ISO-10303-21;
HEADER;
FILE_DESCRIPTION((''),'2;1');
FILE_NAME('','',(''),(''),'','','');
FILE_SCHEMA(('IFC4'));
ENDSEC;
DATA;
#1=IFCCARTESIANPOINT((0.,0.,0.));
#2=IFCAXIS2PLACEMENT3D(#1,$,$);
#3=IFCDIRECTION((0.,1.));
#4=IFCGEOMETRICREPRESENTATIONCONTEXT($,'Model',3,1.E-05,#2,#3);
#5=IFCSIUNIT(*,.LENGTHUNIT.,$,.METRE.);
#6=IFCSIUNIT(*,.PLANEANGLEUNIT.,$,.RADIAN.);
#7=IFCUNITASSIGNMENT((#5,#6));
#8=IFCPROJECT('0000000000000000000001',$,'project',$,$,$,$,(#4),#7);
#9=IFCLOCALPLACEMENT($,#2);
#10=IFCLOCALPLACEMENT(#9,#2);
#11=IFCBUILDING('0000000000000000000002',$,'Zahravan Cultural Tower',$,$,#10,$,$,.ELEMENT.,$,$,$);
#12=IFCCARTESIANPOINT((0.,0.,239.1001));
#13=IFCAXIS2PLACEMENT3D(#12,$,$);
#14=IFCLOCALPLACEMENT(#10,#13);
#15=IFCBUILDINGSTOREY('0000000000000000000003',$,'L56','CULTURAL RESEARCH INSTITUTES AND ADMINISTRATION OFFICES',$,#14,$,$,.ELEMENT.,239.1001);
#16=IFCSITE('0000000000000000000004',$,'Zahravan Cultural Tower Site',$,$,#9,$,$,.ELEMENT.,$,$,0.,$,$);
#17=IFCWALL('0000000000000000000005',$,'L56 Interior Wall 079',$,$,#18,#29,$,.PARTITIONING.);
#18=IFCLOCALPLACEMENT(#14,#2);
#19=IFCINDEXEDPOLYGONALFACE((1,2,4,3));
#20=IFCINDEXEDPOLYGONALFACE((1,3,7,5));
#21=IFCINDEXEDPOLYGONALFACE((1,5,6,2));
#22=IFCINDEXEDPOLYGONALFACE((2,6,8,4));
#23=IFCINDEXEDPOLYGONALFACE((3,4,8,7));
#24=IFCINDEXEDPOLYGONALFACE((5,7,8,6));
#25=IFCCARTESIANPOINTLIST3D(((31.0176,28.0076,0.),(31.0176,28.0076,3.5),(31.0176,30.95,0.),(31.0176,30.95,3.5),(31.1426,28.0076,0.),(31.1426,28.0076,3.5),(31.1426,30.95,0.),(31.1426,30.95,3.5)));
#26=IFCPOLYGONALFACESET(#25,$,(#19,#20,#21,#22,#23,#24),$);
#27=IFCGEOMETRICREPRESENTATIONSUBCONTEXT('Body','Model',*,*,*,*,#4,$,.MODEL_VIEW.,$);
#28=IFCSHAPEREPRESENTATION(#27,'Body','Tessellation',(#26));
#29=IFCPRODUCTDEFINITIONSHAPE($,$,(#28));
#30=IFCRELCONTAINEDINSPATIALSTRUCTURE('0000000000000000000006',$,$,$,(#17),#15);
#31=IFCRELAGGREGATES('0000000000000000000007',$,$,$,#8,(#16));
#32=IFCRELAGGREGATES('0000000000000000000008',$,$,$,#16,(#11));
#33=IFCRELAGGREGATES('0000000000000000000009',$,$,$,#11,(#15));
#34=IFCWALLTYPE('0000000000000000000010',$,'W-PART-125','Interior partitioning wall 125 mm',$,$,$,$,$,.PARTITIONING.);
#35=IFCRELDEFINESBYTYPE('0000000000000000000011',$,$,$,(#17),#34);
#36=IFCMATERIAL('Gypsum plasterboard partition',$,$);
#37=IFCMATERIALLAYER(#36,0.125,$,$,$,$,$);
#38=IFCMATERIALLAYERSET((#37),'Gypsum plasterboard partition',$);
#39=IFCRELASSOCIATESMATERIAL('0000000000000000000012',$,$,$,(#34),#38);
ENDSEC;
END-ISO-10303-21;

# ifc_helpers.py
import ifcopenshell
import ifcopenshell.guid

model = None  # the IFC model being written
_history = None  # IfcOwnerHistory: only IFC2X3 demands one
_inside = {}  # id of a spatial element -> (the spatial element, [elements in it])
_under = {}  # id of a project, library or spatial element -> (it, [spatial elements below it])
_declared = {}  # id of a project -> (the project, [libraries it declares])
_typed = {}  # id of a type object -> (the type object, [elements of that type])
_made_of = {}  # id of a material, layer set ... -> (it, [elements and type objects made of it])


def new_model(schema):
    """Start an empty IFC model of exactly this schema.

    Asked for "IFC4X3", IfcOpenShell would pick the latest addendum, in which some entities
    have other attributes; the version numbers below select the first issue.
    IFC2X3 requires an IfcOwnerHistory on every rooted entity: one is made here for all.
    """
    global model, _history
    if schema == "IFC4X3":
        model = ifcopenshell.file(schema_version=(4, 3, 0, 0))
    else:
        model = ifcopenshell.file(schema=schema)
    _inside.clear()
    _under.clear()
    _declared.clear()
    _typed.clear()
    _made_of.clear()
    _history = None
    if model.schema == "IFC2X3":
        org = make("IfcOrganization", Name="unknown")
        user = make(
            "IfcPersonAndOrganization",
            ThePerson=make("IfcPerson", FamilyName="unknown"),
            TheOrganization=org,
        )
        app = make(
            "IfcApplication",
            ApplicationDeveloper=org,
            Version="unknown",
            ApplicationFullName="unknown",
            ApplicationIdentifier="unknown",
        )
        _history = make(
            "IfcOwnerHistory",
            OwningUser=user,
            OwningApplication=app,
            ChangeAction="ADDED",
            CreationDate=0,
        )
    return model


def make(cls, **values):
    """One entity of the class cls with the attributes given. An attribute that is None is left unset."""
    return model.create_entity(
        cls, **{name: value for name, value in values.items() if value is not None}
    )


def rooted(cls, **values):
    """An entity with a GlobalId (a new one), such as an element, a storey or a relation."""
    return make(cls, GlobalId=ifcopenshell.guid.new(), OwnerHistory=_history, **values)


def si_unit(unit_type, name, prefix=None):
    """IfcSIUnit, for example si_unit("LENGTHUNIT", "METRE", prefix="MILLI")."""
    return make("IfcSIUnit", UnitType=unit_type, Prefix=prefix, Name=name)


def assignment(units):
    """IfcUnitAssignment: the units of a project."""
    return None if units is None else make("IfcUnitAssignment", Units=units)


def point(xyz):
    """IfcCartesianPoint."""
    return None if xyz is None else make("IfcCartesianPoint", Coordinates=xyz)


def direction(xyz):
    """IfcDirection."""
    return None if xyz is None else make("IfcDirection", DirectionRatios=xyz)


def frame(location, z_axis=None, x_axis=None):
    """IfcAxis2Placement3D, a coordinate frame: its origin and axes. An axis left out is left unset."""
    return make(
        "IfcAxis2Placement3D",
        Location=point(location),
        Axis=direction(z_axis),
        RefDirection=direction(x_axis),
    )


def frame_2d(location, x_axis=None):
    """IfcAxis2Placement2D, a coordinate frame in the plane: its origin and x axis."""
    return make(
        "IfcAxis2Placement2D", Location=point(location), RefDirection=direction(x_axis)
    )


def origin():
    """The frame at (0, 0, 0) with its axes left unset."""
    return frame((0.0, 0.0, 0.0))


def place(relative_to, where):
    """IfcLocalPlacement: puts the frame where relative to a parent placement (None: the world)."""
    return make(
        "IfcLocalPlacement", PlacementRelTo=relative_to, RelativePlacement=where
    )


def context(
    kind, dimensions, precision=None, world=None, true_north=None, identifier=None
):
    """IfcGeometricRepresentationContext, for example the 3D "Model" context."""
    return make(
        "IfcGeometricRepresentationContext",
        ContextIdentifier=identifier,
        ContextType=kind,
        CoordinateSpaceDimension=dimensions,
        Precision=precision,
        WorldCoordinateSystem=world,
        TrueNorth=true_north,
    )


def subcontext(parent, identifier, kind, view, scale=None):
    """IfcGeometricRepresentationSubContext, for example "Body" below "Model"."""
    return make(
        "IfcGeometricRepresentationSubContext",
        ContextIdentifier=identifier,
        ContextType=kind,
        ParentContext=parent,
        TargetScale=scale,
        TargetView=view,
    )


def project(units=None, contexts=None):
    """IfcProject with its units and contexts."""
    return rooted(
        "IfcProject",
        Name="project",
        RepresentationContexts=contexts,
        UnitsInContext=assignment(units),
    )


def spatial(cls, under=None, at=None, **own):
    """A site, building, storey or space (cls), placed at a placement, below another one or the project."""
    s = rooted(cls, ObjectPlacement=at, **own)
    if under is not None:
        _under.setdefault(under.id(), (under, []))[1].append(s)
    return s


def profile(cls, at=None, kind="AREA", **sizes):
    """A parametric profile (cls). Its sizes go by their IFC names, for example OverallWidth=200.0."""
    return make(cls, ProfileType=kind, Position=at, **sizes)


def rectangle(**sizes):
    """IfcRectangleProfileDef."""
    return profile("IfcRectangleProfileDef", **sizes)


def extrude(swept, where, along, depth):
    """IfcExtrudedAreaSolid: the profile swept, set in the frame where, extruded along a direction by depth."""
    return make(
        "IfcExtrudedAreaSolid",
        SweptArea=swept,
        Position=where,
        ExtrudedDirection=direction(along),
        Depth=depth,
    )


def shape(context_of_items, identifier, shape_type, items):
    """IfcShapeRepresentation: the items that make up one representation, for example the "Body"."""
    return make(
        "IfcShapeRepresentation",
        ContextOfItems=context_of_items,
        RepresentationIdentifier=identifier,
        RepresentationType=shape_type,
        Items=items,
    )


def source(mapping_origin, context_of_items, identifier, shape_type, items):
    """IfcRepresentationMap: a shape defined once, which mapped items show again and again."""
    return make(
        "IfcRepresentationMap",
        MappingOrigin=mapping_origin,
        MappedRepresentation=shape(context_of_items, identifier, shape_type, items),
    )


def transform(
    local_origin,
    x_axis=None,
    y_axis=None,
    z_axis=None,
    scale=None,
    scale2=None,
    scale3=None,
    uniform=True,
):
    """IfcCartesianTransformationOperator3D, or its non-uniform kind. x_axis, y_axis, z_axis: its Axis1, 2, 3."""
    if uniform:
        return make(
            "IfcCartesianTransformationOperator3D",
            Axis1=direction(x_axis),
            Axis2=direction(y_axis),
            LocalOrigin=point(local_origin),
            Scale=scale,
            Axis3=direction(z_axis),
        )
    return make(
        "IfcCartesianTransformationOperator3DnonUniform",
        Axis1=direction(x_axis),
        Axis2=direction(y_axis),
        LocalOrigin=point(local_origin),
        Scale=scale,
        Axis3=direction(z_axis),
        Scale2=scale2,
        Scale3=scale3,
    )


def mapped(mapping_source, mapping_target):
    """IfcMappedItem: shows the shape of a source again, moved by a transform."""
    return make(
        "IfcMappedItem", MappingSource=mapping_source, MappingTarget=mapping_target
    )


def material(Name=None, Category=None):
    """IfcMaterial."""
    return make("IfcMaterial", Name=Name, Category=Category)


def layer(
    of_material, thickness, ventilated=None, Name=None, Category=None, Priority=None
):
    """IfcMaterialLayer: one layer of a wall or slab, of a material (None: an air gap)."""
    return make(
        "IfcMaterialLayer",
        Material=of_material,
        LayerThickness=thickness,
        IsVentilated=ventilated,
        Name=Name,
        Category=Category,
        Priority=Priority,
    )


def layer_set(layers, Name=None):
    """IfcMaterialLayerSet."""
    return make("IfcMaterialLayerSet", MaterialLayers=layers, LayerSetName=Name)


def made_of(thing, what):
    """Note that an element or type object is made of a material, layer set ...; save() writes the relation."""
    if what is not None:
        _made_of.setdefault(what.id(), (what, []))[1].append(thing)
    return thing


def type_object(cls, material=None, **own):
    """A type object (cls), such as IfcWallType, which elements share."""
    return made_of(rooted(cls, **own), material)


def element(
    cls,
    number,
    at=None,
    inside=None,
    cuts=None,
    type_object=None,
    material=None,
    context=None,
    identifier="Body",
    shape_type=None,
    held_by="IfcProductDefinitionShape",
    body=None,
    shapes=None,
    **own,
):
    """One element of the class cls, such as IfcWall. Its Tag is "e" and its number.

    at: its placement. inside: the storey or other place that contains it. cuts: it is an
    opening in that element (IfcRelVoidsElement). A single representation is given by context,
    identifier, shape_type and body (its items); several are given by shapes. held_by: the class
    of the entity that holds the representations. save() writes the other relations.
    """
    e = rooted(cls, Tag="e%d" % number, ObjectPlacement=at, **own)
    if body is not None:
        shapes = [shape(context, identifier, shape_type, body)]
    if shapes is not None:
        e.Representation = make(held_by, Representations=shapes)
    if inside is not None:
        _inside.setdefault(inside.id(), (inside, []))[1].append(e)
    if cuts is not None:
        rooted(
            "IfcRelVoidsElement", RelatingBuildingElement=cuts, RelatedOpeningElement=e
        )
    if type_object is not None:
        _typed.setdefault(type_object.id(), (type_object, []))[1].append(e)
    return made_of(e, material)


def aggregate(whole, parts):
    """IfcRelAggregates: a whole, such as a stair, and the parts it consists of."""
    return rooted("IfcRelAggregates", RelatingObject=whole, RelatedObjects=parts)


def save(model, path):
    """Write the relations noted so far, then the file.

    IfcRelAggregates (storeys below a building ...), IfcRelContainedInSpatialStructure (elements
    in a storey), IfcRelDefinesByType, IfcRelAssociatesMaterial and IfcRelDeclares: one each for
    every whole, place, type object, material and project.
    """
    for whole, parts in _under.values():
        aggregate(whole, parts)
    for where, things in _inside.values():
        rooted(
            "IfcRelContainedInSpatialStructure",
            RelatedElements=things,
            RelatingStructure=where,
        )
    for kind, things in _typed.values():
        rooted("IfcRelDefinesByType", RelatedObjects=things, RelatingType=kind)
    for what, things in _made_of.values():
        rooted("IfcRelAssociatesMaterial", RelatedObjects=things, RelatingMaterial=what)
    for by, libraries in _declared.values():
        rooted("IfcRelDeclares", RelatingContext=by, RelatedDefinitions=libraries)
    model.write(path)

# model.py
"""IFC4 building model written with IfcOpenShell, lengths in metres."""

from ifc_helpers import new_model, si_unit, direction, frame, frame_2d, origin, place, context, subcontext, project, spatial, rectangle, extrude, source, transform, mapped, material, layer, layer_set, type_object, element, save


model = new_model("IFC4")

# Units and contexts
model_context = context("Model", 3, precision=1e-05, world=origin(), true_north=direction((0.0, 1.0)))
body_context = subcontext(model_context, "Body", "Model", "MODEL_VIEW")
ifc_project = project(units=[si_unit("LENGTHUNIT", "METRE"), si_unit("PLANEANGLEUNIT", "RADIAN")], contexts=[model_context])

# Site, building, storey
site_placement = place(None, origin())
site = spatial("IfcSite", under=ifc_project, at=site_placement, Name="Zahravan Cultural Tower Site", CompositionType="ELEMENT", RefElevation=0.0)
building_placement = place(site_placement, origin())
building = spatial("IfcBuilding", under=site, at=building_placement, Name="Zahravan Cultural Tower", CompositionType="ELEMENT")
storey_placement = place(building_placement, frame((0.0, 0.0, 239.1001)))
storey = spatial("IfcBuildingStorey", under=building, at=storey_placement, Name="L56", Description="CULTURAL RESEARCH INSTITUTES AND ADMINISTRATION OFFICES", CompositionType="ELEMENT", Elevation=239.1001)

# Shared definitions
ifc_material_1 = material(Name="Gypsum plasterboard partition")
ifc_layer_1 = layer(ifc_material_1, 0.125)
ifc_layer_set_1 = layer_set([ifc_layer_1], Name="Gypsum plasterboard partition")
wall_type_1 = type_object("IfcWallType", Name="W-PART-125", Description="Interior partitioning wall 125 mm", PredefinedType="PARTITIONING", material=ifc_layer_set_1)

# Wall
shared_shape_1 = source(origin(), body_context, "Body", "SweptSolid", [
    extrude(rectangle(XDim=2.9424, YDim=0.125, at=frame_2d((1.4712, 0.0))), origin(), (0.0, 0.0, 1.0), 3.5),
])
wall_1_placement = place(storey_placement, frame((31.0801, 28.0076, 0.0), z_axis=(0.0, 0.0, 1.0), x_axis=(0.0, 1.0, 0.0)))
element("IfcWall", 1, at=wall_1_placement, inside=storey, type_object=wall_type_1, Name="L56 Interior Wall 079", PredefinedType="PARTITIONING", context=body_context, shape_type="MappedRepresentation", body=[
    mapped(shared_shape_1, transform((0.0, 0.0, 0.0), x_axis=(1.0, 0.0, 0.0), y_axis=(0.0, 1.0, 0.0), z_axis=(0.0, 0.0, 1.0), scale=1.0)),
])

save(model, "model.ifc")
